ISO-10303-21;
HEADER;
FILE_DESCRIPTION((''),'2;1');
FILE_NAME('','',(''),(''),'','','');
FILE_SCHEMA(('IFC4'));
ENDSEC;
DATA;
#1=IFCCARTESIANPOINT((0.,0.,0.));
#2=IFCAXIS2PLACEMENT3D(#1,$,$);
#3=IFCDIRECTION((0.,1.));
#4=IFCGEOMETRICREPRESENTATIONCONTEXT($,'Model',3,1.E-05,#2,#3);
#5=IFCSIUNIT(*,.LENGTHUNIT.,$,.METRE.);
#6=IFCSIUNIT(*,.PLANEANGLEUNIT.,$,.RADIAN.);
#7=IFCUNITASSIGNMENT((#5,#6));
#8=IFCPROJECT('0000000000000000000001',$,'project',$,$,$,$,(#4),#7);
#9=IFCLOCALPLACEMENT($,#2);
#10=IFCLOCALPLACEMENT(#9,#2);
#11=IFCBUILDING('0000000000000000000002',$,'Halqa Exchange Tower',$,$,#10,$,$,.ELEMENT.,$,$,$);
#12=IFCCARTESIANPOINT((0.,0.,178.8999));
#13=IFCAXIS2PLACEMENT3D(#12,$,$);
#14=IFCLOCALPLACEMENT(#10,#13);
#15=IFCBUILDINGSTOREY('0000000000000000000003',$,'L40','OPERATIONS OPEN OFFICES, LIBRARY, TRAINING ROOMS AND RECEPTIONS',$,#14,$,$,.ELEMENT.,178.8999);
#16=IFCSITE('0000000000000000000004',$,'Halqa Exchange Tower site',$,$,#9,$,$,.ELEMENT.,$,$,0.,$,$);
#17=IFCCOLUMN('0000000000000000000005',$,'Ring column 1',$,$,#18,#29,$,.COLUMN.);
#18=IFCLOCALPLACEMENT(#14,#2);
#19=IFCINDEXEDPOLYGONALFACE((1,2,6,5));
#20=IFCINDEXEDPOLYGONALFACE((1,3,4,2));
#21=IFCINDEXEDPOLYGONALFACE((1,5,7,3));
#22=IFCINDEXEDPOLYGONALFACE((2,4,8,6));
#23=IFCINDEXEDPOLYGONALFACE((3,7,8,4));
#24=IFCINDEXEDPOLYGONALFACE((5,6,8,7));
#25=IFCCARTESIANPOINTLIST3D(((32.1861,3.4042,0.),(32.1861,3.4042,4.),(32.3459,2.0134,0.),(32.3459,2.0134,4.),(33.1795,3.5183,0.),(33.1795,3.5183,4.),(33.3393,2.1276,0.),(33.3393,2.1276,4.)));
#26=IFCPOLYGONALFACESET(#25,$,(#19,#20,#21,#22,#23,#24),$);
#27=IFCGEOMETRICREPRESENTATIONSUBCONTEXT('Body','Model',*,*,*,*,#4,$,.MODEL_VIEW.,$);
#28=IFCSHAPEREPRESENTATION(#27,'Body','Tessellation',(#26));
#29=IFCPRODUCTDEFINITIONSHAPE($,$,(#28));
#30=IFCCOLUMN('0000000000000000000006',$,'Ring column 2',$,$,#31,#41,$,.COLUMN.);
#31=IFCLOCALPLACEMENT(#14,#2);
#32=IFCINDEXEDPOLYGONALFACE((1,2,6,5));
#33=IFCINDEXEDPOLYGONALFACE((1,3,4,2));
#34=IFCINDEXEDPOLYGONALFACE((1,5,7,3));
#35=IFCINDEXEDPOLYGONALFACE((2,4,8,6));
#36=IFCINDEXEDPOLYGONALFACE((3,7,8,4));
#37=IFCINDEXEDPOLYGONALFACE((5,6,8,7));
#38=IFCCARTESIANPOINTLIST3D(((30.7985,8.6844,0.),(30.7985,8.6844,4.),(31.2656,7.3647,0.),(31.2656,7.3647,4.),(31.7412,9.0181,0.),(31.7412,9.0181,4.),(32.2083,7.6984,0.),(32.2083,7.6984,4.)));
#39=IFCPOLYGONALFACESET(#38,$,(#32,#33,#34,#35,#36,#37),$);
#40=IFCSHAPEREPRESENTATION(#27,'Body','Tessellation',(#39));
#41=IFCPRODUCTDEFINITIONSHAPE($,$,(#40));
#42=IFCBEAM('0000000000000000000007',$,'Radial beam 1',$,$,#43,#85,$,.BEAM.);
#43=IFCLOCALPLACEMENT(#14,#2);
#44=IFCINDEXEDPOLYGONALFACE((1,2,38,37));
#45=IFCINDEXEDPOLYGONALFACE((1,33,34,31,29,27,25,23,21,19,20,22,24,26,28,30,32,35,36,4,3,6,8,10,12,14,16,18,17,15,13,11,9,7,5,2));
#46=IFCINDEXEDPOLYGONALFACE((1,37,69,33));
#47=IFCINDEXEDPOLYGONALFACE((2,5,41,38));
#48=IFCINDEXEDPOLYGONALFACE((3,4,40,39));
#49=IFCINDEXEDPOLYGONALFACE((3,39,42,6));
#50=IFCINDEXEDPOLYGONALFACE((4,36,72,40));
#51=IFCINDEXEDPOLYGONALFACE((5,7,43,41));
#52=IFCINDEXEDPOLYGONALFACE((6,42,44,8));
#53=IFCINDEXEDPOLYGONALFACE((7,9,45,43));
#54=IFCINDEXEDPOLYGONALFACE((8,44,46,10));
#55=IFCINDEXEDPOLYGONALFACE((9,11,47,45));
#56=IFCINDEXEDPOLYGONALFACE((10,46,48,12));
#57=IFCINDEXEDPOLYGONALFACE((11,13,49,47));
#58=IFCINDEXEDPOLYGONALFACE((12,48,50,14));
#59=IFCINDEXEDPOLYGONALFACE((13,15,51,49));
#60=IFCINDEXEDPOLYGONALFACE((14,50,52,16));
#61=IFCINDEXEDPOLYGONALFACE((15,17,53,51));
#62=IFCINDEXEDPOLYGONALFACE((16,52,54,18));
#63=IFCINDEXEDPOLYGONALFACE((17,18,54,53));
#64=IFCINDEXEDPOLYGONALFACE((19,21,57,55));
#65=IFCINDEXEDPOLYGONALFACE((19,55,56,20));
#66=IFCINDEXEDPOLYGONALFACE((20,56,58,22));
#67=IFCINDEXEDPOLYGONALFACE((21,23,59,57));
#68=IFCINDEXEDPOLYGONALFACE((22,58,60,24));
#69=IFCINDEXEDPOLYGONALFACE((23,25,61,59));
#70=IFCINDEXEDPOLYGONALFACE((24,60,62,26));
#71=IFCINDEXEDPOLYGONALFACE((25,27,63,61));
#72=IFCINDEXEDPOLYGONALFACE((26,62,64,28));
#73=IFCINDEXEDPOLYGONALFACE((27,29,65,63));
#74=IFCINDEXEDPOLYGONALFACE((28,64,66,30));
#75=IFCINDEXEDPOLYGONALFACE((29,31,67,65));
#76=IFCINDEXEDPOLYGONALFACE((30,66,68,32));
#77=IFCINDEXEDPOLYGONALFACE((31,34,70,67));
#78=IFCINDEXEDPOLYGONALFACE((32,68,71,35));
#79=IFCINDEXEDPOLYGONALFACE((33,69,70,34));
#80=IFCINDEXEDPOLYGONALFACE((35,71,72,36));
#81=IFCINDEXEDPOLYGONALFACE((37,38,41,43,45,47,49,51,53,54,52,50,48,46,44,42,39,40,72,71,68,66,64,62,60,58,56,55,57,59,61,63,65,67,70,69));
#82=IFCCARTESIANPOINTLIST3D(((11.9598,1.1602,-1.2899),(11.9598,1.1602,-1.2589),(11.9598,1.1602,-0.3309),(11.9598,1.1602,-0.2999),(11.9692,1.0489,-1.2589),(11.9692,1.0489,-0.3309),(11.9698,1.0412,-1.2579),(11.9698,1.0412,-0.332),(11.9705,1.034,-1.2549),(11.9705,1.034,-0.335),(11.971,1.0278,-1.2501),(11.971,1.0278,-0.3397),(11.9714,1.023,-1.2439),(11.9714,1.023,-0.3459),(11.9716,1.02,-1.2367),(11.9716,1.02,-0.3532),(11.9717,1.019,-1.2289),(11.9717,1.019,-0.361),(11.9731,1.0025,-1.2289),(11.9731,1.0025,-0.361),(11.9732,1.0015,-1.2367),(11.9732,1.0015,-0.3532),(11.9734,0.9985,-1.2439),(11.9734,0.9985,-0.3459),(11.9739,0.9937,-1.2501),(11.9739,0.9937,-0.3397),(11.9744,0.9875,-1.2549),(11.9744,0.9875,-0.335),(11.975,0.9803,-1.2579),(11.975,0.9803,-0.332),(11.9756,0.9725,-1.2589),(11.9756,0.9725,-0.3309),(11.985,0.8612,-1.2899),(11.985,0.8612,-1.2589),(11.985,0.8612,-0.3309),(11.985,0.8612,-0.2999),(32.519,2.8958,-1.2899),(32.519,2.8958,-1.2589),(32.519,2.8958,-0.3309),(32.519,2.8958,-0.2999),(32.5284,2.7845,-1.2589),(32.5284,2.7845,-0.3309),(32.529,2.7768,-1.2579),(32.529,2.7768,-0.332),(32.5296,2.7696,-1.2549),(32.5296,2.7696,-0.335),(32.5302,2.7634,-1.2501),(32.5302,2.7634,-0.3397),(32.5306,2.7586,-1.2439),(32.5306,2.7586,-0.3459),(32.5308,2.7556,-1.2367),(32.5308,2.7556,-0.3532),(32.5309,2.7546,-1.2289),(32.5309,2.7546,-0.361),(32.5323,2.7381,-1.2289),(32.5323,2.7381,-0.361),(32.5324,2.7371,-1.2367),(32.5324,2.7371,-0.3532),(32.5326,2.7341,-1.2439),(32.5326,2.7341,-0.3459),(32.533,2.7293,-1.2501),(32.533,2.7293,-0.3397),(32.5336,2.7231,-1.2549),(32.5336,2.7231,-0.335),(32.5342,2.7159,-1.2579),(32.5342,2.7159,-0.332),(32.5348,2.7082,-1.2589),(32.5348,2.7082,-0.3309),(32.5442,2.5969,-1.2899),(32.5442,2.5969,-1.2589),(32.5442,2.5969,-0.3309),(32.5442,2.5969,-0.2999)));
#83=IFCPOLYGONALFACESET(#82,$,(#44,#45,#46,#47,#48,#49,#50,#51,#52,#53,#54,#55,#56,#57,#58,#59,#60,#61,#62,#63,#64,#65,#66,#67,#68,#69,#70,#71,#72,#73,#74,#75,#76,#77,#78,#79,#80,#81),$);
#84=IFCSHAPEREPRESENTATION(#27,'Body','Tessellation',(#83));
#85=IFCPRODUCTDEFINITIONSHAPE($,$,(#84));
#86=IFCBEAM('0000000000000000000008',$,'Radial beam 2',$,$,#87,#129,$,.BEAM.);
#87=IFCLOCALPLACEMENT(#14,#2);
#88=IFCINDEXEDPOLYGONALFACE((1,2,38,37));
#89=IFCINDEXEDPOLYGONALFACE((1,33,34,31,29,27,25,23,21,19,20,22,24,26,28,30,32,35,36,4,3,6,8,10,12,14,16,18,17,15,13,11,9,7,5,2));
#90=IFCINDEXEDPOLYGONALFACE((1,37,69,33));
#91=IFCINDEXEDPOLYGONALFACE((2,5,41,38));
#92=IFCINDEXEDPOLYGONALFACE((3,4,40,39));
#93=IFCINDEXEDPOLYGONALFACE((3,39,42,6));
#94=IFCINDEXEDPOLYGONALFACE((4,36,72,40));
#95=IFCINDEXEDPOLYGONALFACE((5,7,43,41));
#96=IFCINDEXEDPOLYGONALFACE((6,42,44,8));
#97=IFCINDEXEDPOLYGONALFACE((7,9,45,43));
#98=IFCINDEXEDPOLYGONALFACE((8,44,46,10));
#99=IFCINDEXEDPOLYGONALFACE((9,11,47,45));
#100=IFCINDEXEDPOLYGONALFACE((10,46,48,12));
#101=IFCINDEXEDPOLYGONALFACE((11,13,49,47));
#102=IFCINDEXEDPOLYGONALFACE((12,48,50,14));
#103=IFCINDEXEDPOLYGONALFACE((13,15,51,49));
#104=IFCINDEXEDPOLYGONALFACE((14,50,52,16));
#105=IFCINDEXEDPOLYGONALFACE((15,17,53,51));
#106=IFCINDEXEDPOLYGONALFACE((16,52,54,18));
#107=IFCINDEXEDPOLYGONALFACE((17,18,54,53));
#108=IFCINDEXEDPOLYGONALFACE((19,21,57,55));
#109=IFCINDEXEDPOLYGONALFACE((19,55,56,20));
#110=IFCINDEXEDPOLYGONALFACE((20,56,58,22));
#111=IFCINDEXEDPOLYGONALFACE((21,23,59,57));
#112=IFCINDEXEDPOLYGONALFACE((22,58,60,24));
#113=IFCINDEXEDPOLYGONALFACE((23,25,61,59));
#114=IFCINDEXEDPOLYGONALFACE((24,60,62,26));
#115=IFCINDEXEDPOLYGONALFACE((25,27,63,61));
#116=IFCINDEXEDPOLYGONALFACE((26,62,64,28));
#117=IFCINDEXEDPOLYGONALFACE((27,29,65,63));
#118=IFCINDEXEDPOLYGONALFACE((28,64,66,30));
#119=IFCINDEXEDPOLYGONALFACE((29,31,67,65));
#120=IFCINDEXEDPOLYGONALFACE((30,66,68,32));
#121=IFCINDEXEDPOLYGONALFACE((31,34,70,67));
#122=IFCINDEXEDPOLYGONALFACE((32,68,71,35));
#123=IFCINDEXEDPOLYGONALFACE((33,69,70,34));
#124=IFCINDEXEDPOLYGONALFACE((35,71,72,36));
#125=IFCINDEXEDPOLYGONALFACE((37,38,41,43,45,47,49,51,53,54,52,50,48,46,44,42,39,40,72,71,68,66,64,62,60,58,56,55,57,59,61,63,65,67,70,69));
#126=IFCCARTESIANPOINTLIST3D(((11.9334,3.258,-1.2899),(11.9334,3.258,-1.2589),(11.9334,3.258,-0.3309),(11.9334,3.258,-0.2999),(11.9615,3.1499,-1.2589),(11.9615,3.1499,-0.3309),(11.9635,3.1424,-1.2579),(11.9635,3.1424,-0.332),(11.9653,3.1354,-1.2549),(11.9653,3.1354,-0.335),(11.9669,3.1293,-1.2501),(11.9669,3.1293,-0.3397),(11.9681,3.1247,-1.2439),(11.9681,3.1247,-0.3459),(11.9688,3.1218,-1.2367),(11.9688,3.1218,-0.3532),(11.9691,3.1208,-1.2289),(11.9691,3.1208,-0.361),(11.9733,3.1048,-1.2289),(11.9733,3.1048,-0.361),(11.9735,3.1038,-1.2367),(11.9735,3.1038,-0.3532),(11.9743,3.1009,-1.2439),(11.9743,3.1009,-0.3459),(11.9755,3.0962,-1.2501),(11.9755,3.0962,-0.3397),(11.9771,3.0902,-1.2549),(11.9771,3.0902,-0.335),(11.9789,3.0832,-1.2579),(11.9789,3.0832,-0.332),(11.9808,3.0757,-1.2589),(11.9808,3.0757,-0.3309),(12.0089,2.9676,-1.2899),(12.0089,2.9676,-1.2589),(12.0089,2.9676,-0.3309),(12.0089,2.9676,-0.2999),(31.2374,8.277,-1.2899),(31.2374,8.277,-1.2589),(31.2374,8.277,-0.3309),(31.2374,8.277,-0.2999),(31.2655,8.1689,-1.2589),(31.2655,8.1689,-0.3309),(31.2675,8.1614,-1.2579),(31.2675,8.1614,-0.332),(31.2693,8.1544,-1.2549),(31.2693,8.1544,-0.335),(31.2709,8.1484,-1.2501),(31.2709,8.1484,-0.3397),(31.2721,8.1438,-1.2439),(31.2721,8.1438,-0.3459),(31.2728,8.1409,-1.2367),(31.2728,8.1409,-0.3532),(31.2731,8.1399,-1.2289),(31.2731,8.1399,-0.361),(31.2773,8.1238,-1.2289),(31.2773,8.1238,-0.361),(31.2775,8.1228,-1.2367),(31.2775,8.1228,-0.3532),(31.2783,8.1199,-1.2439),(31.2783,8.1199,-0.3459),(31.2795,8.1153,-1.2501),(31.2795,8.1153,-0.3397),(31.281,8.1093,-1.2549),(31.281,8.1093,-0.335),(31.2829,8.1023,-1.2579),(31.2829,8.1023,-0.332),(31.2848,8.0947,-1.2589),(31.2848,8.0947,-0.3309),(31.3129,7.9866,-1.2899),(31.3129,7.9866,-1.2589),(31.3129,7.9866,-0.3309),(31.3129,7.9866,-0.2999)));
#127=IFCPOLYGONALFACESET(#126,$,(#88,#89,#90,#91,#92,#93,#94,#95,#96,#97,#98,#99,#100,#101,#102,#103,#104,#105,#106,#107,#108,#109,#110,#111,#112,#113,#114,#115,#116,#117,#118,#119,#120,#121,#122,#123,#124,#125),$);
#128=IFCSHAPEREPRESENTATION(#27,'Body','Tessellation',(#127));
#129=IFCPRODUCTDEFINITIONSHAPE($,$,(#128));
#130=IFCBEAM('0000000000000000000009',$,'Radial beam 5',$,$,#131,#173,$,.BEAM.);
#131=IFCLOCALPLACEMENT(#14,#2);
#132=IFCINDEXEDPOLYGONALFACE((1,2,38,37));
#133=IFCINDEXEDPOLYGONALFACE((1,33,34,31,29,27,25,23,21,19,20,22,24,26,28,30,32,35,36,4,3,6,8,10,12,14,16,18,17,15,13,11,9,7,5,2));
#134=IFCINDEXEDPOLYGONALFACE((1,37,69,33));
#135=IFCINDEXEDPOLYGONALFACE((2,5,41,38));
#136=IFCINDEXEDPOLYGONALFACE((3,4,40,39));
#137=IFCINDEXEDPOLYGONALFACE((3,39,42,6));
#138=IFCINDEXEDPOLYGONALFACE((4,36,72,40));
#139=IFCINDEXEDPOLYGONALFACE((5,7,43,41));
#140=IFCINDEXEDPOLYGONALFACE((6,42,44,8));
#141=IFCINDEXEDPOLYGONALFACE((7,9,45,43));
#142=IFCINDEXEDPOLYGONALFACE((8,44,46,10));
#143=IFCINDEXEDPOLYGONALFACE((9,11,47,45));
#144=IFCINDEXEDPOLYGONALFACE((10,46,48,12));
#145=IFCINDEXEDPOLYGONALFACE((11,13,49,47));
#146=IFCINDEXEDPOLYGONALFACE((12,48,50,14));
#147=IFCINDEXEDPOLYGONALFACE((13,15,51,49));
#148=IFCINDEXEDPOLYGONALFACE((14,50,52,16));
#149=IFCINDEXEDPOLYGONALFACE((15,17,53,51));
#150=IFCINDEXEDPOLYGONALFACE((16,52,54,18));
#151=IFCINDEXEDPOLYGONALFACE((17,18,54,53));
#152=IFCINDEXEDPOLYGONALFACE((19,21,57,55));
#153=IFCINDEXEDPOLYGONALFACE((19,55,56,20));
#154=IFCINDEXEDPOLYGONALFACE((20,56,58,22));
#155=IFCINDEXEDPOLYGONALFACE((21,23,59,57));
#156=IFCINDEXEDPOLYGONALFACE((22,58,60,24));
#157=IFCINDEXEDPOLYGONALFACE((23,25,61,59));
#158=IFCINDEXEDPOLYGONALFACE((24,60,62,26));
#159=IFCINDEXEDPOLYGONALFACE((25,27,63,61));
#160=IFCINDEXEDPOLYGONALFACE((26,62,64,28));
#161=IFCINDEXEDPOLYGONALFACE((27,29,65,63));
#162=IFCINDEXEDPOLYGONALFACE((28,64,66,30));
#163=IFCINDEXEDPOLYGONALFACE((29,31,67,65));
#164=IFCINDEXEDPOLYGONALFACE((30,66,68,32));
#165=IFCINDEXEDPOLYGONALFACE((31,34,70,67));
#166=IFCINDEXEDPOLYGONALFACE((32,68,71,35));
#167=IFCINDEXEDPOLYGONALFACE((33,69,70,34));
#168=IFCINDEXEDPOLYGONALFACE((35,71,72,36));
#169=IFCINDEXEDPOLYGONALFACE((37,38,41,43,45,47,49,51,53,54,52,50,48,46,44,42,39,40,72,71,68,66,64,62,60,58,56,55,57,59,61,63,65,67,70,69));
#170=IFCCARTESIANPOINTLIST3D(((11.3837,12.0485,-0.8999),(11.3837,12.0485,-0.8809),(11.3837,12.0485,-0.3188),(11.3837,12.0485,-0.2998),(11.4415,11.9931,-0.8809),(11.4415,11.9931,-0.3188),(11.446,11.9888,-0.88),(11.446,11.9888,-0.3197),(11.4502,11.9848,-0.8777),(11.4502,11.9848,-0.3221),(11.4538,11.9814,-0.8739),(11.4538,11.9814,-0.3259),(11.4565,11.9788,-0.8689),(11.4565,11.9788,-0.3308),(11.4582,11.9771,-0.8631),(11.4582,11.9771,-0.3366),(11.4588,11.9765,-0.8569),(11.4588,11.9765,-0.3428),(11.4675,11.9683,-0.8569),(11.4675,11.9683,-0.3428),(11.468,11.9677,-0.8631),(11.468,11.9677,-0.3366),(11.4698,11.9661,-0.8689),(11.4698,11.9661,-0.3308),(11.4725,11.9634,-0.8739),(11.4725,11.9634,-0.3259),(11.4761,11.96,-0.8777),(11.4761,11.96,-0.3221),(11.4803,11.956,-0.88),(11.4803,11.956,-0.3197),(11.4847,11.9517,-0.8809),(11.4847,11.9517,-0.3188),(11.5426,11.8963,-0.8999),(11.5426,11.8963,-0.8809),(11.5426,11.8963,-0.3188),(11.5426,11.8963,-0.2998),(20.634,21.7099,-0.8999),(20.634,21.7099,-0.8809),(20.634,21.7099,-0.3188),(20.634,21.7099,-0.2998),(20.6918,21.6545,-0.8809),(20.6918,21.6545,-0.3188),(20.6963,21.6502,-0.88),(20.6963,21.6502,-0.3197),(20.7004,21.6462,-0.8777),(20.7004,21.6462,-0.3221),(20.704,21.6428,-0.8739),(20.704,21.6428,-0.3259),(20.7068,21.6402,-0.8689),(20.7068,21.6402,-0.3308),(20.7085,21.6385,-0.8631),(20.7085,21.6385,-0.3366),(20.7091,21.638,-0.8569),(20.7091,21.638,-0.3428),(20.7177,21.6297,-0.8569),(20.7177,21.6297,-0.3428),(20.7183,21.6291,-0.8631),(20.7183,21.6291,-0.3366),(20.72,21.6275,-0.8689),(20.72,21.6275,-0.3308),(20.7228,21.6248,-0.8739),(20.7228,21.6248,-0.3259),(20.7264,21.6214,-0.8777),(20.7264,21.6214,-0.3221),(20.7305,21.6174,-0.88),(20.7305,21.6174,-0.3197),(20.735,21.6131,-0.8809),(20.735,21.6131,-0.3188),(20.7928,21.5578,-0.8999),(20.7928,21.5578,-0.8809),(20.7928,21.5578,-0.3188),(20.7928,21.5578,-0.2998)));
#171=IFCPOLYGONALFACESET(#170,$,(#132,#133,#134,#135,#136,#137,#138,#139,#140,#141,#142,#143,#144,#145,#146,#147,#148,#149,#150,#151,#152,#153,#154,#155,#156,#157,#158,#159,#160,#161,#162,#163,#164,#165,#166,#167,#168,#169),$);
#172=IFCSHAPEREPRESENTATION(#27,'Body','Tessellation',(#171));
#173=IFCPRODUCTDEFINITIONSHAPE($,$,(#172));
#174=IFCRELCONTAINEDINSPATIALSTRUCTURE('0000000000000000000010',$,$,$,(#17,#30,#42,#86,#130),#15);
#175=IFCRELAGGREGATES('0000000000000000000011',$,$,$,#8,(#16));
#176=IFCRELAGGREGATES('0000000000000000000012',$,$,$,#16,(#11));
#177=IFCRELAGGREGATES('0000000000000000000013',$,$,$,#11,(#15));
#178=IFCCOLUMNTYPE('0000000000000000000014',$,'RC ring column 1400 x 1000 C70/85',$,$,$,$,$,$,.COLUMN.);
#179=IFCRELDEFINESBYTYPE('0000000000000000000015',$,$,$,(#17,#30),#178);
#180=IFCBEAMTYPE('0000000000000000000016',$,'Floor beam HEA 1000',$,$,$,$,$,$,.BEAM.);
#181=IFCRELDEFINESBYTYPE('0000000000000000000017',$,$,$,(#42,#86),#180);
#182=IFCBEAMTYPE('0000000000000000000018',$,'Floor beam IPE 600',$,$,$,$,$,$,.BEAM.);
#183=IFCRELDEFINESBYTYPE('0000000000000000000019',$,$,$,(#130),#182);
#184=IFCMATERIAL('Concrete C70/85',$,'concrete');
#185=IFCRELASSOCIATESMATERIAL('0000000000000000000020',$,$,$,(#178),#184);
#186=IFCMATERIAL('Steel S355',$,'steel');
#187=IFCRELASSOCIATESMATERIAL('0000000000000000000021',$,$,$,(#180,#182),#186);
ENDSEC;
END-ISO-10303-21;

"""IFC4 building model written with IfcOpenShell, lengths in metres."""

from ifc_helpers import new_model, si_unit, direction, frame, origin, origin_2d, place, context, subcontext, project, spatial, rectangle, i_section, extrude, material, material_profile, profile_set, type_object, element, save


model = new_model("IFC4")

# Units and contexts
model_context = context("Model", 3, precision=1e-05, world=origin(), true_north=direction((0.0, 1.0)))
body_context = subcontext(model_context, "Body", "Model", "MODEL_VIEW")
ifc_project = project(units=[si_unit("LENGTHUNIT", "METRE"), si_unit("PLANEANGLEUNIT", "RADIAN")], contexts=[model_context])

# Site, building, storey
site_placement = place(None, origin())
site = spatial("IfcSite", under=ifc_project, at=site_placement, Name="Halqa Exchange Tower site", CompositionType="ELEMENT", RefElevation=0.0)
building_placement = place(site_placement, origin())
building = spatial("IfcBuilding", under=site, at=building_placement, Name="Halqa Exchange Tower", CompositionType="ELEMENT")
storey_placement = place(building_placement, frame((0.0, 0.0, 178.8999)))
storey = spatial("IfcBuildingStorey", under=building, at=storey_placement, Name="L40", Description="OPERATIONS OPEN OFFICES, LIBRARY, TRAINING ROOMS AND RECEPTIONS", CompositionType="ELEMENT", Elevation=178.8999)

# Columns
ifc_material_1 = material(Name="Concrete C70/85", Category="concrete")
ifc_material_profile_1 = material_profile(ifc_material_1, rectangle(XDim=1.3999, YDim=1.0, at=origin_2d()), Name="1400 x 1000")
ifc_profile_set_1 = profile_set([ifc_material_profile_1], Name="Concrete C70/85")
column_type = type_object("IfcColumnType", Name="RC ring column 1400 x 1000 C70/85", PredefinedType="COLUMN", material=ifc_profile_set_1)
for number, where, z_axis, x_axis, name in (
    (1, (32.7627, 2.7659, 0.0), (0.0, 0.0, 1.0), (-0.114159, 0.993463, 0.0), "Ring column 1"),
    (2, (31.5034, 8.1914, 0.0), (0.0, 0.0, 1.0), (-0.333632, 0.942703, 0.0), "Ring column 2"),
):
    element("IfcColumn", number, at=place(storey_placement, frame(where, z_axis=z_axis, x_axis=x_axis)), inside=storey, type_object=column_type, Name=name, PredefinedType="COLUMN", context=body_context, shape_type="SweptSolid", body=[
        extrude(rectangle(XDim=1.3999, YDim=1.0, at=origin_2d()), origin(), (0.0, 0.0, 1.0), 4.0),
    ])

# Beams
ifc_material_2 = material(Name="Steel S355", Category="steel")
ifc_material_profile_2 = material_profile(ifc_material_2, i_section(OverallWidth=0.3, OverallDepth=0.99, WebThickness=0.0166, FlangeThickness=0.031, FilletRadius=0.03, at=origin_2d()), Name="HEA 1000")
ifc_profile_set_2 = profile_set([ifc_material_profile_2], Name="Steel S355")
beam_type_1 = type_object("IfcBeamType", Name="Floor beam HEA 1000", PredefinedType="BEAM", material=ifc_profile_set_2)
beam_1_placement = place(storey_placement, frame((11.9724, 1.0107, -0.7949), z_axis=(0.996456, 0.084121, 0.0), x_axis=(-0.084121, 0.996456, 0.0)))
element("IfcBeam", 3, at=beam_1_placement, inside=storey, type_object=beam_type_1, Name="Radial beam 1", PredefinedType="BEAM", context=body_context, shape_type="SweptSolid", body=[
    extrude(i_section(OverallWidth=0.3, OverallDepth=0.99, WebThickness=0.0166, FlangeThickness=0.031, FilletRadius=0.03, at=origin_2d()), origin(), (0.0, 0.0, 1.0), 20.6323),
])
beam_2_placement = place(storey_placement, frame((11.9712, 3.1128, -0.7949), z_axis=(0.967822, 0.251635, 0.0), x_axis=(-0.251635, 0.967822, 0.0)))
element("IfcBeam", 4, at=beam_2_placement, inside=storey, type_object=beam_type_1, Name="Radial beam 2", PredefinedType="BEAM", context=body_context, shape_type="SweptSolid", body=[
    extrude(i_section(OverallWidth=0.3, OverallDepth=0.99, WebThickness=0.0166, FlangeThickness=0.031, FilletRadius=0.03, at=origin_2d()), origin(), (0.0, 0.0, 1.0), 19.9458),
])
ifc_material_profile_3 = material_profile(ifc_material_2, i_section(OverallWidth=0.22, OverallDepth=0.6001, WebThickness=0.012, FlangeThickness=0.019, FilletRadius=0.0239, at=origin_2d()), Name="IPE 600")
ifc_profile_set_3 = profile_set([ifc_material_profile_3], Name="Steel S355")
beam_type_2 = type_object("IfcBeamType", Name="Floor beam IPE 600", PredefinedType="BEAM", material=ifc_profile_set_3)
beam_3_placement = place(storey_placement, frame((11.4631, 11.9724, -0.5999), z_axis=(0.691571, 0.722308, 0.0), x_axis=(-0.722308, 0.691571, 0.0)))
element("IfcBeam", 5, at=beam_3_placement, inside=storey, type_object=beam_type_2, Name="Radial beam 5", PredefinedType="BEAM", context=body_context, shape_type="SweptSolid", body=[
    extrude(i_section(OverallWidth=0.22, OverallDepth=0.6001, WebThickness=0.012, FlangeThickness=0.019, FilletRadius=0.0239, at=origin_2d()), origin(), (0.0, 0.0, 1.0), 13.3757),
])

save(model, "model.ifc")
